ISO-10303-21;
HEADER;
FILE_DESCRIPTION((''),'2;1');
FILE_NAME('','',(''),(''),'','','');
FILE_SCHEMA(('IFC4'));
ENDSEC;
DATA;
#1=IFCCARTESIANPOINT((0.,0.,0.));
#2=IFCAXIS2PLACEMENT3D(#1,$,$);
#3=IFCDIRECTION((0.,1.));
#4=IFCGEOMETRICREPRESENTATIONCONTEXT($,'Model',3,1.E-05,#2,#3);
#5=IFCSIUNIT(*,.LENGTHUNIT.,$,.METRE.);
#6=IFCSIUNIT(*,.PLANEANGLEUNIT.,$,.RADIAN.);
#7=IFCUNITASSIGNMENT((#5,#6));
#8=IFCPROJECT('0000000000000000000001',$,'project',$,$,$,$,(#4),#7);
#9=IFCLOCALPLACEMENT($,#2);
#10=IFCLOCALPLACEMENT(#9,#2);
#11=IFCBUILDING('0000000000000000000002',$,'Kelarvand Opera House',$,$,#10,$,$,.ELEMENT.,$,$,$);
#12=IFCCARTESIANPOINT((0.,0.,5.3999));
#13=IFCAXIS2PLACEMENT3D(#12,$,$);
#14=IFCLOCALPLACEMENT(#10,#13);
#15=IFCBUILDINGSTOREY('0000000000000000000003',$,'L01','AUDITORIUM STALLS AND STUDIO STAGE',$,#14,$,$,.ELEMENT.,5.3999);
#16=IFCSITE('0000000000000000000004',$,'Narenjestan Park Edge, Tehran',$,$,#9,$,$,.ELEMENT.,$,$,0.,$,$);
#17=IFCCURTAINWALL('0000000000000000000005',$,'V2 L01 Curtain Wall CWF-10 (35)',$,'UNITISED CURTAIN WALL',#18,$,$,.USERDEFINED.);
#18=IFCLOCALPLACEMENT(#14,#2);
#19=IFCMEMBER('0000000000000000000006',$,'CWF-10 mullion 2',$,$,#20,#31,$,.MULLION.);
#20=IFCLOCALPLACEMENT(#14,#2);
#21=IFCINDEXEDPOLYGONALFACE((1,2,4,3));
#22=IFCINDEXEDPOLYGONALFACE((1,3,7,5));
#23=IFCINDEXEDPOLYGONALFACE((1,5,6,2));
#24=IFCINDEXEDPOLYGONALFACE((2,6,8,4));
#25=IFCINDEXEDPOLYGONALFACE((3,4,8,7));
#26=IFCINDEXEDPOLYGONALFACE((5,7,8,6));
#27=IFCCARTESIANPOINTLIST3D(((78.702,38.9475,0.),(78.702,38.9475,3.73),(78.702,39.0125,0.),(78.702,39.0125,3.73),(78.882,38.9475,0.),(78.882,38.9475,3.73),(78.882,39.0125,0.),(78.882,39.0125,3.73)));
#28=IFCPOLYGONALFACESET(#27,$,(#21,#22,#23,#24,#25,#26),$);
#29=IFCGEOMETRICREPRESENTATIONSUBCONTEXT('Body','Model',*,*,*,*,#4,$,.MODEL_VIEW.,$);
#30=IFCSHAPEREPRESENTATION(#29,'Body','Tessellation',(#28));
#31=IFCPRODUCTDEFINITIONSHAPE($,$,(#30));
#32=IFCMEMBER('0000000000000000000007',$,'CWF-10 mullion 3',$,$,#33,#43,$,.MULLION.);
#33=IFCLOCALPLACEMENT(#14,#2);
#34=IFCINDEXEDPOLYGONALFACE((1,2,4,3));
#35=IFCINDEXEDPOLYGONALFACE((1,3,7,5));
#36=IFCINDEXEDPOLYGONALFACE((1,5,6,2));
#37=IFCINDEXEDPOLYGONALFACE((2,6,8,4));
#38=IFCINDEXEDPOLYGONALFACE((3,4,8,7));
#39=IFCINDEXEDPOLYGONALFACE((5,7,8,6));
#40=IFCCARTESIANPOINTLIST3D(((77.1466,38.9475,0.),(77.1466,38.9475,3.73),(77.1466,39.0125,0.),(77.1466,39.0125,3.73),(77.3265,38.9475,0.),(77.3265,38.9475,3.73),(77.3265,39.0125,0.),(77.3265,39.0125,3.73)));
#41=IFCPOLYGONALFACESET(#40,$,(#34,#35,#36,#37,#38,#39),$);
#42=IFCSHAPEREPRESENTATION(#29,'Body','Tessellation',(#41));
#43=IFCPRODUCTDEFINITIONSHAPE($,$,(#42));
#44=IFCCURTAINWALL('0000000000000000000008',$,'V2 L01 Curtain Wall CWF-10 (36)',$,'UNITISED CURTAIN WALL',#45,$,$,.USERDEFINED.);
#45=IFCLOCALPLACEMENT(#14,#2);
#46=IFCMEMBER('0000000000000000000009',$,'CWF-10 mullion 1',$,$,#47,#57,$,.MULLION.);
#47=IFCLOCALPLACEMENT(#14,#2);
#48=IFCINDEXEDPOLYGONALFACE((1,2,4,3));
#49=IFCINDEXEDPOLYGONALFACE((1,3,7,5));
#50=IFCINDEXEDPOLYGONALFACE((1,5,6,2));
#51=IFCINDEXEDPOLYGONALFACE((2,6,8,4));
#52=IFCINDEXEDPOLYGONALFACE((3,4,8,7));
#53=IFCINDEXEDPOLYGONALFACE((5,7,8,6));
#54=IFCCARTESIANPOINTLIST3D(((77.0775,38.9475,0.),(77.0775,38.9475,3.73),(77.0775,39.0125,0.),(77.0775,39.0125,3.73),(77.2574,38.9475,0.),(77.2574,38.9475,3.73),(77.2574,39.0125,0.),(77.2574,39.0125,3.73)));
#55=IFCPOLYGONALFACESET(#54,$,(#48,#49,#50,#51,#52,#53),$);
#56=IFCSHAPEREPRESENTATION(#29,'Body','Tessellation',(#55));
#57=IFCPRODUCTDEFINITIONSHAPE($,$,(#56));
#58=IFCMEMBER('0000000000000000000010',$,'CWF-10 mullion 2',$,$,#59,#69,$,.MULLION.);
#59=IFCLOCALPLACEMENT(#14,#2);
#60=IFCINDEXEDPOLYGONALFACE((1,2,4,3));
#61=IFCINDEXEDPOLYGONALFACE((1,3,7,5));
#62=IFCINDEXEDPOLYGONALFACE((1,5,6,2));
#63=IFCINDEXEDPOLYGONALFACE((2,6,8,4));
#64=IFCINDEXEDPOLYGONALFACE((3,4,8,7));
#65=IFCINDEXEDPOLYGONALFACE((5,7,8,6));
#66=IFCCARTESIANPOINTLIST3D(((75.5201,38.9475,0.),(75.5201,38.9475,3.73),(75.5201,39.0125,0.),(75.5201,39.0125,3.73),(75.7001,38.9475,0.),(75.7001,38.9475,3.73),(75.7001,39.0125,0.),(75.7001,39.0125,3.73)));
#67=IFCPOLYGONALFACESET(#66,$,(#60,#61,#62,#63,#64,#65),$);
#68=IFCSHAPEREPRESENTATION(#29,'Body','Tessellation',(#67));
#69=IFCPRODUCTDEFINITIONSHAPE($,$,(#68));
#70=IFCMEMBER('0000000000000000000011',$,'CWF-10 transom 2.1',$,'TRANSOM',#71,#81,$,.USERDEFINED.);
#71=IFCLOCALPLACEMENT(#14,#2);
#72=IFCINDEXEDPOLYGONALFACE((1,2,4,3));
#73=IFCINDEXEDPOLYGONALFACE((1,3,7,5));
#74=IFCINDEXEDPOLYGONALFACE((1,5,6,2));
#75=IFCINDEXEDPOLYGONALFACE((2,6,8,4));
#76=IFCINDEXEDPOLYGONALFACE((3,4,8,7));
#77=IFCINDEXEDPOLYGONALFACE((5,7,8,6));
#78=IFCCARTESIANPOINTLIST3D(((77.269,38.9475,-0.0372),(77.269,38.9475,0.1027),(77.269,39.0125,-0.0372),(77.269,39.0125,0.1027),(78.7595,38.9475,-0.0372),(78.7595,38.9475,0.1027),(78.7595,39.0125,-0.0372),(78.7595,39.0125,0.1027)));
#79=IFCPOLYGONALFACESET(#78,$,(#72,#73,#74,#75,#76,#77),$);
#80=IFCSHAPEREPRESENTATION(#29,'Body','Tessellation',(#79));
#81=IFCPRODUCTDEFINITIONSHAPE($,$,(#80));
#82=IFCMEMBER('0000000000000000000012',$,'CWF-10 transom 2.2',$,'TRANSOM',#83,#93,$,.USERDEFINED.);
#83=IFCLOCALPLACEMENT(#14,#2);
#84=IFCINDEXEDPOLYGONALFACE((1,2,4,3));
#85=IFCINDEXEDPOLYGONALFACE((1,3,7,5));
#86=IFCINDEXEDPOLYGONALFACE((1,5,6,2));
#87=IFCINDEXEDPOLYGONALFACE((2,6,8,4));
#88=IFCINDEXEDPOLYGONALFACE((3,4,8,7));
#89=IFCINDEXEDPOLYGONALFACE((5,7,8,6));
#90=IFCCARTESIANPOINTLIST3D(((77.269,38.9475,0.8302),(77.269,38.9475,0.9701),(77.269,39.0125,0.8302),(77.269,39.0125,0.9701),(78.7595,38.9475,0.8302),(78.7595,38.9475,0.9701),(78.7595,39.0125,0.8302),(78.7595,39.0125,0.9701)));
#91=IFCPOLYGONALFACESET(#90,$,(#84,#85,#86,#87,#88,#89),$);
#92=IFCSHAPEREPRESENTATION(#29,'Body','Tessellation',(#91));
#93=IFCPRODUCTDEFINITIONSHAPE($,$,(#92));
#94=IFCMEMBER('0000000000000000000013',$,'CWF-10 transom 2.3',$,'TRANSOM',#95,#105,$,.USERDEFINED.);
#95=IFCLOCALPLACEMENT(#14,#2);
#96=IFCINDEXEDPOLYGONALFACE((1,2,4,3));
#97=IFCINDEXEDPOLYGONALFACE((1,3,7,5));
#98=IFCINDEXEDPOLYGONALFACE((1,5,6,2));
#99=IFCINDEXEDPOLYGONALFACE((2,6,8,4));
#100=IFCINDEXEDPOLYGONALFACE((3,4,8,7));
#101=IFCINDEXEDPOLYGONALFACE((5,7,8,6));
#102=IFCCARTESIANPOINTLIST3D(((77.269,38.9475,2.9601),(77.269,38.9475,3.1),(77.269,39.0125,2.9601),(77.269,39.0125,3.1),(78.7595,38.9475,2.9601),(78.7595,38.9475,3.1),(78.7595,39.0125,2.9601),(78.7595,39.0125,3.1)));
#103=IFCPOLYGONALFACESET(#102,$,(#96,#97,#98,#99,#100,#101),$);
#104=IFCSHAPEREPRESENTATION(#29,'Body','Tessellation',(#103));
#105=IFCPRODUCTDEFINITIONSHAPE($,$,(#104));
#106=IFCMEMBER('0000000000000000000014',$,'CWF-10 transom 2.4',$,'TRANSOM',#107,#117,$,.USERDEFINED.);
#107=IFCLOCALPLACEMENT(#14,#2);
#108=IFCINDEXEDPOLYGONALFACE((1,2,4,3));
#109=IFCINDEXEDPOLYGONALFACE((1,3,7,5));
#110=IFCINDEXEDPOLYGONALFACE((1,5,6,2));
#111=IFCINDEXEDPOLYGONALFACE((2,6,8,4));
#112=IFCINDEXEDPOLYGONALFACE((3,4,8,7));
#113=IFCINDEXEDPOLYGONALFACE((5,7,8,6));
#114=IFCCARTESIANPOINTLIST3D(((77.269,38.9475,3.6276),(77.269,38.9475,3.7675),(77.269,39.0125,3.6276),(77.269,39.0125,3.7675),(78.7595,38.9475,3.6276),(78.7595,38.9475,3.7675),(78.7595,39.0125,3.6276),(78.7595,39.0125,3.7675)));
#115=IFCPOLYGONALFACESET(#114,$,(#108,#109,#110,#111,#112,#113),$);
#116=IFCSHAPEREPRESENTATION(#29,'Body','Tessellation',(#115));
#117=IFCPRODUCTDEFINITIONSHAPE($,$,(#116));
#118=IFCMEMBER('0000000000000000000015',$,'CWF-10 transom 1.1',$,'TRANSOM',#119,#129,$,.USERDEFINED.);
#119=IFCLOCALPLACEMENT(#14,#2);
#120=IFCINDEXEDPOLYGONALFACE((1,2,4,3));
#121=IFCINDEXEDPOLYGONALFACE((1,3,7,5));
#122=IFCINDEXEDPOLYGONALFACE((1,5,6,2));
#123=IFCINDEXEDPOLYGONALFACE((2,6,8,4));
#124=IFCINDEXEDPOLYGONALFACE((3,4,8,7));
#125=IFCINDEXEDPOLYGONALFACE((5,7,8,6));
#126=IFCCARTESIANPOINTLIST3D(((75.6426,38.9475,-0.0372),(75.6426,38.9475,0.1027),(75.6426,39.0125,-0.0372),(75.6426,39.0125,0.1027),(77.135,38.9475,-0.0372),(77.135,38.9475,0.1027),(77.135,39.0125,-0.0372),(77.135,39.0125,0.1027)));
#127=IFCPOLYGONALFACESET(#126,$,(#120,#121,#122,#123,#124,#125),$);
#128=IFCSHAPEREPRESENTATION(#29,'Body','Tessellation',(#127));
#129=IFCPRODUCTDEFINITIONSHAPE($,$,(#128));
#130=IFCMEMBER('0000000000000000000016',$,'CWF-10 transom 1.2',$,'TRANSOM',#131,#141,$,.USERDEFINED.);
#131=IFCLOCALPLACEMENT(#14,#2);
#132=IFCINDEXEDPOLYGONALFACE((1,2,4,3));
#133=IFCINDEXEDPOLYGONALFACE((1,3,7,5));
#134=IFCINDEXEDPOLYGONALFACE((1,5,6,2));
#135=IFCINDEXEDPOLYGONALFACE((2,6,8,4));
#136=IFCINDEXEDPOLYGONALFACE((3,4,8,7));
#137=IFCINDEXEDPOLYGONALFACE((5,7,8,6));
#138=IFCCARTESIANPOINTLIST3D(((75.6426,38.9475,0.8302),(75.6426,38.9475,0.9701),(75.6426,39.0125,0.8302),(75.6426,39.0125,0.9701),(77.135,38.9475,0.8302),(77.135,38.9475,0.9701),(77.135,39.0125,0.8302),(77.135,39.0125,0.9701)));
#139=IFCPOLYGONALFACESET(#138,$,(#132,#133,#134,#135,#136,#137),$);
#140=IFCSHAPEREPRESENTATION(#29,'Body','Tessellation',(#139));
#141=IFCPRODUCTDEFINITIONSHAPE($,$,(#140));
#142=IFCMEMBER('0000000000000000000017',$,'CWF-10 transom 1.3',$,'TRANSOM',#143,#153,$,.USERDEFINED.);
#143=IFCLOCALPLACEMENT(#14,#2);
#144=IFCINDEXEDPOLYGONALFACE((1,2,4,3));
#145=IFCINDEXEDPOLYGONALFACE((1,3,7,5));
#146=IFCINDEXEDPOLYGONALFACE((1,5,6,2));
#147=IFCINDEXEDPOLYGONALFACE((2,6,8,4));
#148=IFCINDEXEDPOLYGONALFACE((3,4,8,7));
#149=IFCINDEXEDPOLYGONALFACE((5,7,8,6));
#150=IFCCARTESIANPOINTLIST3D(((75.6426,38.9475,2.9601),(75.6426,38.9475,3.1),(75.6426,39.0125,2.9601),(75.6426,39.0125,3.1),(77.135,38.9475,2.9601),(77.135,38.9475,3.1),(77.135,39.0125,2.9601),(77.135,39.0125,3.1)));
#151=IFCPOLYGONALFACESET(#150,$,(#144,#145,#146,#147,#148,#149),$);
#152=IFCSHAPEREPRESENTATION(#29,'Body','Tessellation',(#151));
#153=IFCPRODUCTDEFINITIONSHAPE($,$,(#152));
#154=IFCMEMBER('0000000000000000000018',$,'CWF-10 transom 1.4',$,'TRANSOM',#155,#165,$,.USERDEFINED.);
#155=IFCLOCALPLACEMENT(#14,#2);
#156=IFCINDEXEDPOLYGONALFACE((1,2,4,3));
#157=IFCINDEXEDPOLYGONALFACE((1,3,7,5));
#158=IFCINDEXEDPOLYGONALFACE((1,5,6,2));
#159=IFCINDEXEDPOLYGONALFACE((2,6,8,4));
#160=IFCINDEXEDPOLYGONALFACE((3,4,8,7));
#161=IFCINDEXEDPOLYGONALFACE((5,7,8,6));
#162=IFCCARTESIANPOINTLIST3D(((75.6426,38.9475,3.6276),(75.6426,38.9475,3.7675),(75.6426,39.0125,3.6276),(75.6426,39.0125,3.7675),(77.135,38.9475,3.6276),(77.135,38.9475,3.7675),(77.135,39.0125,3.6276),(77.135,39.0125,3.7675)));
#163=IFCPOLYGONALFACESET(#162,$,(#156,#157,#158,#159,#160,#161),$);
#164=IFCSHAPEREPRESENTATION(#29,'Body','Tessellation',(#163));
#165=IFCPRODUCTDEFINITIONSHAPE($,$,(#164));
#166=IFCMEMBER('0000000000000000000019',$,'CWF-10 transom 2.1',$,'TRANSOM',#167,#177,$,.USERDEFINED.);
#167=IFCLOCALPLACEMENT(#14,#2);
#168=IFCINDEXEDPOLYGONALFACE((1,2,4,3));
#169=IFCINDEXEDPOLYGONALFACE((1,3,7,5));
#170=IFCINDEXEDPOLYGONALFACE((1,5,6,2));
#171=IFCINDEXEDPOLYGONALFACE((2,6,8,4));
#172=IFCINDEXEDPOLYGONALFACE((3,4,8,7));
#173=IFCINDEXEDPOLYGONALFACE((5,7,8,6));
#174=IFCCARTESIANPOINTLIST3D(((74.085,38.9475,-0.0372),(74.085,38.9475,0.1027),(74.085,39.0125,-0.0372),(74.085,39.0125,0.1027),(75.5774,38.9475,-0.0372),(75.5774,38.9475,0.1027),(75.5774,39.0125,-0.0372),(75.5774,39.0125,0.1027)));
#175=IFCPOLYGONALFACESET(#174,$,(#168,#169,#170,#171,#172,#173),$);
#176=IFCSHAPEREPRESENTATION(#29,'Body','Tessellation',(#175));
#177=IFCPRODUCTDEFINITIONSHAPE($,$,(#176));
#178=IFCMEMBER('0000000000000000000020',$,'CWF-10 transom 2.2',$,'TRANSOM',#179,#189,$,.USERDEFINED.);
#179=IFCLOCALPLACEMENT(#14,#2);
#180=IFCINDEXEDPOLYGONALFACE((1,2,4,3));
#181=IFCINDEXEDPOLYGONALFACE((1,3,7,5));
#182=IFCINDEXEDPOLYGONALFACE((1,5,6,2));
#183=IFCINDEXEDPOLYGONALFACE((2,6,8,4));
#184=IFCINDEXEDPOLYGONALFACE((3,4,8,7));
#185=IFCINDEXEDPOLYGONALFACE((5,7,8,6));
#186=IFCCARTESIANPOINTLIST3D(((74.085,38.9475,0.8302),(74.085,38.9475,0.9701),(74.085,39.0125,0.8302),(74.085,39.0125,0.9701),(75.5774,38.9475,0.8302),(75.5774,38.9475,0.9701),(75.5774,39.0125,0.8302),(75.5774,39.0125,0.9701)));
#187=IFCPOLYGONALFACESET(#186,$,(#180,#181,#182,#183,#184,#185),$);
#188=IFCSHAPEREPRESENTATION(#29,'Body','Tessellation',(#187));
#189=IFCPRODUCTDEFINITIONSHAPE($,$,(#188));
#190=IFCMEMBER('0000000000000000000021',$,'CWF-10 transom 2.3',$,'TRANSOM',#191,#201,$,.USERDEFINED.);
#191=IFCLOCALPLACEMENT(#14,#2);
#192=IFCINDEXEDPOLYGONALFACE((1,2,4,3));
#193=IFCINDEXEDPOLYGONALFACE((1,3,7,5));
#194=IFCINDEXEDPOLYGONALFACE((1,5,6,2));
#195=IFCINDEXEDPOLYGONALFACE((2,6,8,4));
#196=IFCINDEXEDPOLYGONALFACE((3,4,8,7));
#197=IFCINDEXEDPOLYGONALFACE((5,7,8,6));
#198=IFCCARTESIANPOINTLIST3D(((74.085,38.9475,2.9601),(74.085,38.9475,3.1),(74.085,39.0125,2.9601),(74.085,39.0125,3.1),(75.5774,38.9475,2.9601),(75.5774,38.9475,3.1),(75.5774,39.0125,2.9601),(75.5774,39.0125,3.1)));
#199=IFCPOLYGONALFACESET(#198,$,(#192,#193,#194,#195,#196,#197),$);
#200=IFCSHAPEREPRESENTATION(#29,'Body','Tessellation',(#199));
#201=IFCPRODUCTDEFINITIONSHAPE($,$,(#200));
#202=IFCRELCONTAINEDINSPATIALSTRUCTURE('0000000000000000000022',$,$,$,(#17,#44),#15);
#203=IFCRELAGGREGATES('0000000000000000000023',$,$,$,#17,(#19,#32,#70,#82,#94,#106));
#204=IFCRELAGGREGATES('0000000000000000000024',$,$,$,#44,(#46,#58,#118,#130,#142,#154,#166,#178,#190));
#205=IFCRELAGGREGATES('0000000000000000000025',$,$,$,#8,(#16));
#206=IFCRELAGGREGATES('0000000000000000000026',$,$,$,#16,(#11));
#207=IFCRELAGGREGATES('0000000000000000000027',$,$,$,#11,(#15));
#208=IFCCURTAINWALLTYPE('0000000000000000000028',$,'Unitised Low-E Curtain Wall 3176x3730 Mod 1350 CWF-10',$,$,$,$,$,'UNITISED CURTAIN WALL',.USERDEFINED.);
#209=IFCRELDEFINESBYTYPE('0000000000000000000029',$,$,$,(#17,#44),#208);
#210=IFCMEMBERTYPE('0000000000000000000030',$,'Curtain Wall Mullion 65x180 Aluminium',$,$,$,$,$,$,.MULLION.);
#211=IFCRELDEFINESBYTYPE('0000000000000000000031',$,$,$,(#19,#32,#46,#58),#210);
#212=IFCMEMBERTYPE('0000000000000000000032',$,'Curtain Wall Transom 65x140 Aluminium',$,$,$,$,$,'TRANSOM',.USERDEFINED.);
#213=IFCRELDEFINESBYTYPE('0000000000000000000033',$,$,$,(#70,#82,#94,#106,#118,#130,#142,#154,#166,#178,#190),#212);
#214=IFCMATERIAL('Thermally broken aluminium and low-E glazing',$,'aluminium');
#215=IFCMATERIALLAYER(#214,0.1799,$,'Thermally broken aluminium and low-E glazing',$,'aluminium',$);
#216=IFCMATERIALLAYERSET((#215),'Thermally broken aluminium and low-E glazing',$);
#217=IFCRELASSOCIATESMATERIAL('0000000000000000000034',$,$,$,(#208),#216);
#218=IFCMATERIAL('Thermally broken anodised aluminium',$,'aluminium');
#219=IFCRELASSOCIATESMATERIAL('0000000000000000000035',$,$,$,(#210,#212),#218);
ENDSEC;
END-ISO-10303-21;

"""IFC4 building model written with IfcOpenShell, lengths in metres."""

from ifc_helpers import new_model, si_unit, direction, frame, origin, origin_2d, place, context, subcontext, project, spatial, rectangle, extrude, material, layer, layer_set, material_profile, profile_set, type_object, element, aggregate, save


model = new_model("IFC4")

# Units and contexts
model_context = context("Model", 3, precision=1e-05, world=origin(), true_north=direction((0.0, 1.0)))
body_context = subcontext(model_context, "Body", "Model", "MODEL_VIEW")
ifc_project = project(units=[si_unit("LENGTHUNIT", "METRE"), si_unit("PLANEANGLEUNIT", "RADIAN")], contexts=[model_context])

# Site, building, storey
site_placement = place(None, origin())
site = spatial("IfcSite", under=ifc_project, at=site_placement, Name="Narenjestan Park Edge, Tehran", CompositionType="ELEMENT", RefElevation=0.0)
building_placement = place(site_placement, origin())
building = spatial("IfcBuilding", under=site, at=building_placement, Name="Kelarvand Opera House", CompositionType="ELEMENT")
storey_placement = place(building_placement, frame((0.0, 0.0, 5.3999)))
storey = spatial("IfcBuildingStorey", under=building, at=storey_placement, Name="L01", Description="AUDITORIUM STALLS AND STUDIO STAGE", CompositionType="ELEMENT", Elevation=5.3999)

# Curtain walls, members
ifc_material_1 = material(Name="Thermally broken aluminium and low-E glazing", Category="aluminium")
ifc_layer_1 = layer(ifc_material_1, 0.1799, Name="Thermally broken aluminium and low-E glazing", Category="aluminium")
ifc_layer_set_1 = layer_set([ifc_layer_1], Name="Thermally broken aluminium and low-E glazing")
curtain_wall_type = type_object("IfcCurtainWallType", Name="Unitised Low-E Curtain Wall 3176x3730 Mod 1350 CWF-10", ElementType="UNITISED CURTAIN WALL", PredefinedType="USERDEFINED", material=ifc_layer_set_1)
curtain_wall_1_placement = place(storey_placement, origin())
curtain_wall_1 = element("IfcCurtainWall", 1, at=curtain_wall_1_placement, inside=storey, type_object=curtain_wall_type, Name="V2 L01 Curtain Wall CWF-10 (35)", ObjectType="UNITISED CURTAIN WALL", PredefinedType="USERDEFINED")
ifc_material_2 = material(Name="Thermally broken anodised aluminium", Category="aluminium")
ifc_material_profile_1 = material_profile(ifc_material_2, rectangle(XDim=0.0649, YDim=0.1799, at=origin_2d()), Name="ALU MULLION 65x180", Category="aluminium")
ifc_profile_set_1 = profile_set([ifc_material_profile_1], Name="Thermally broken anodised aluminium")
member_type_1 = type_object("IfcMemberType", Name="Curtain Wall Mullion 65x180 Aluminium", PredefinedType="MULLION", material=ifc_profile_set_1)
member_1_placement = place(storey_placement, frame((78.792, 38.98, 0.0), z_axis=(0.0, 0.0, 1.0), x_axis=(0.0, -1.0, 0.0)))
member_1 = element("IfcMember", 2, at=member_1_placement, type_object=member_type_1, Name="CWF-10 mullion 2", PredefinedType="MULLION", context=body_context, shape_type="SweptSolid", body=[
    extrude(rectangle(XDim=0.0649, YDim=0.1799, at=origin_2d()), origin(), (0.0, 0.0, 1.0), 3.73),
])
member_2_placement = place(storey_placement, frame((77.2366, 38.98, 0.0), z_axis=(0.0, 0.0, 1.0), x_axis=(0.0, -1.0, 0.0)))
member_2 = element("IfcMember", 3, at=member_2_placement, type_object=member_type_1, Name="CWF-10 mullion 3", PredefinedType="MULLION", context=body_context, shape_type="SweptSolid", body=[
    extrude(rectangle(XDim=0.0649, YDim=0.1799, at=origin_2d()), origin(), (0.0, 0.0, 1.0), 3.73),
])
curtain_wall_2_placement = place(storey_placement, origin())
curtain_wall_2 = element("IfcCurtainWall", 4, at=curtain_wall_2_placement, inside=storey, type_object=curtain_wall_type, Name="V2 L01 Curtain Wall CWF-10 (36)", ObjectType="UNITISED CURTAIN WALL", PredefinedType="USERDEFINED")
member_3_placement = place(storey_placement, frame((77.1675, 38.98, 0.0), z_axis=(0.0, 0.0, 1.0), x_axis=(0.0, -1.0, 0.0)))
member_3 = element("IfcMember", 5, at=member_3_placement, type_object=member_type_1, Name="CWF-10 mullion 1", PredefinedType="MULLION", context=body_context, shape_type="SweptSolid", body=[
    extrude(rectangle(XDim=0.0649, YDim=0.1799, at=origin_2d()), origin(), (0.0, 0.0, 1.0), 3.73),
])
member_4_placement = place(storey_placement, frame((75.6101, 38.98, 0.0), z_axis=(0.0, 0.0, 1.0), x_axis=(0.0, -1.0, 0.0)))
member_4 = element("IfcMember", 6, at=member_4_placement, type_object=member_type_1, Name="CWF-10 mullion 2", PredefinedType="MULLION", context=body_context, shape_type="SweptSolid", body=[
    extrude(rectangle(XDim=0.0649, YDim=0.1799, at=origin_2d()), origin(), (0.0, 0.0, 1.0), 3.73),
])

# Members
ifc_material_profile_2 = material_profile(ifc_material_2, rectangle(XDim=0.0649, YDim=0.1399, at=origin_2d()), Name="ALU TRANSOM 65x140", Category="aluminium")
ifc_profile_set_2 = profile_set([ifc_material_profile_2], Name="Thermally broken anodised aluminium")
member_type_2 = type_object("IfcMemberType", Name="Curtain Wall Transom 65x140 Aluminium", ElementType="TRANSOM", PredefinedType="USERDEFINED", material=ifc_profile_set_2)
member_5_placement = place(storey_placement, frame((78.7595, 38.98, 0.0327), z_axis=(-1.0, 0.0, 0.0), x_axis=(0.0, -1.0, 0.0)))
member_5 = element("IfcMember", 7, at=member_5_placement, type_object=member_type_2, Name="CWF-10 transom 2.1", ObjectType="TRANSOM", PredefinedType="USERDEFINED", context=body_context, shape_type="SweptSolid", body=[
    extrude(rectangle(XDim=0.0649, YDim=0.1399, at=origin_2d()), origin(), (0.0, 0.0, 1.0), 1.4905),
])
member_6_placement = place(storey_placement, frame((78.7595, 38.98, 0.9001), z_axis=(-1.0, 0.0, 0.0), x_axis=(0.0, -1.0, 0.0)))
member_6 = element("IfcMember", 8, at=member_6_placement, type_object=member_type_2, Name="CWF-10 transom 2.2", ObjectType="TRANSOM", PredefinedType="USERDEFINED", context=body_context, shape_type="SweptSolid", body=[
    extrude(rectangle(XDim=0.0649, YDim=0.1399, at=origin_2d()), origin(), (0.0, 0.0, 1.0), 1.4905),
])
member_7_placement = place(storey_placement, frame((78.7595, 38.98, 3.03), z_axis=(-1.0, 0.0, 0.0), x_axis=(0.0, -1.0, 0.0)))
member_7 = element("IfcMember", 9, at=member_7_placement, type_object=member_type_2, Name="CWF-10 transom 2.3", ObjectType="TRANSOM", PredefinedType="USERDEFINED", context=body_context, shape_type="SweptSolid", body=[
    extrude(rectangle(XDim=0.0649, YDim=0.1399, at=origin_2d()), origin(), (0.0, 0.0, 1.0), 1.4905),
])
member_8_placement = place(storey_placement, frame((78.7595, 38.98, 3.6975), z_axis=(-1.0, 0.0, 0.0), x_axis=(0.0, -1.0, 0.0)))
member_8 = element("IfcMember", 10, at=member_8_placement, type_object=member_type_2, Name="CWF-10 transom 2.4", ObjectType="TRANSOM", PredefinedType="USERDEFINED", context=body_context, shape_type="SweptSolid", body=[
    extrude(rectangle(XDim=0.0649, YDim=0.1399, at=origin_2d()), origin(), (0.0, 0.0, 1.0), 1.4905),
])
member_9_placement = place(storey_placement, frame((77.135, 38.98, 0.0327), z_axis=(-1.0, 0.0, 0.0), x_axis=(0.0, -1.0, 0.0)))
member_9 = element("IfcMember", 11, at=member_9_placement, type_object=member_type_2, Name="CWF-10 transom 1.1", ObjectType="TRANSOM", PredefinedType="USERDEFINED", context=body_context, shape_type="SweptSolid", body=[
    extrude(rectangle(XDim=0.0649, YDim=0.1399, at=origin_2d()), origin(), (0.0, 0.0, 1.0), 1.4924),
])
member_10_placement = place(storey_placement, frame((77.135, 38.98, 0.9001), z_axis=(-1.0, 0.0, 0.0), x_axis=(0.0, -1.0, 0.0)))
member_10 = element("IfcMember", 12, at=member_10_placement, type_object=member_type_2, Name="CWF-10 transom 1.2", ObjectType="TRANSOM", PredefinedType="USERDEFINED", context=body_context, shape_type="SweptSolid", body=[
    extrude(rectangle(XDim=0.0649, YDim=0.1399, at=origin_2d()), origin(), (0.0, 0.0, 1.0), 1.4924),
])
member_11_placement = place(storey_placement, frame((77.135, 38.98, 3.03), z_axis=(-1.0, 0.0, 0.0), x_axis=(0.0, -1.0, 0.0)))
member_11 = element("IfcMember", 13, at=member_11_placement, type_object=member_type_2, Name="CWF-10 transom 1.3", ObjectType="TRANSOM", PredefinedType="USERDEFINED", context=body_context, shape_type="SweptSolid", body=[
    extrude(rectangle(XDim=0.0649, YDim=0.1399, at=origin_2d()), origin(), (0.0, 0.0, 1.0), 1.4924),
])
member_12_placement = place(storey_placement, frame((77.135, 38.98, 3.6975), z_axis=(-1.0, 0.0, 0.0), x_axis=(0.0, -1.0, 0.0)))
member_12 = element("IfcMember", 14, at=member_12_placement, type_object=member_type_2, Name="CWF-10 transom 1.4", ObjectType="TRANSOM", PredefinedType="USERDEFINED", context=body_context, shape_type="SweptSolid", body=[
    extrude(rectangle(XDim=0.0649, YDim=0.1399, at=origin_2d()), origin(), (0.0, 0.0, 1.0), 1.4924),
])
member_13_placement = place(storey_placement, frame((75.5774, 38.98, 0.0327), z_axis=(-1.0, 0.0, 0.0), x_axis=(0.0, -1.0, 0.0)))
member_13 = element("IfcMember", 15, at=member_13_placement, type_object=member_type_2, Name="CWF-10 transom 2.1", ObjectType="TRANSOM", PredefinedType="USERDEFINED", context=body_context, shape_type="SweptSolid", body=[
    extrude(rectangle(XDim=0.0649, YDim=0.1399, at=origin_2d()), origin(), (0.0, 0.0, 1.0), 1.4924),
])
member_14_placement = place(storey_placement, frame((75.5774, 38.98, 0.9001), z_axis=(-1.0, 0.0, 0.0), x_axis=(0.0, -1.0, 0.0)))
member_14 = element("IfcMember", 16, at=member_14_placement, type_object=member_type_2, Name="CWF-10 transom 2.2", ObjectType="TRANSOM", PredefinedType="USERDEFINED", context=body_context, shape_type="SweptSolid", body=[
    extrude(rectangle(XDim=0.0649, YDim=0.1399, at=origin_2d()), origin(), (0.0, 0.0, 1.0), 1.4924),
])
member_15_placement = place(storey_placement, frame((75.5774, 38.98, 3.03), z_axis=(-1.0, 0.0, 0.0), x_axis=(0.0, -1.0, 0.0)))
member_15 = element("IfcMember", 17, at=member_15_placement, type_object=member_type_2, Name="CWF-10 transom 2.3", ObjectType="TRANSOM", PredefinedType="USERDEFINED", context=body_context, shape_type="SweptSolid", body=[
    extrude(rectangle(XDim=0.0649, YDim=0.1399, at=origin_2d()), origin(), (0.0, 0.0, 1.0), 1.4924),
])

aggregate(curtain_wall_1, [member_1, member_2, member_5, member_6, member_7, member_8])
aggregate(curtain_wall_2, [member_3, member_4, member_9, member_10, member_11, member_12, member_13, member_14, member_15])

save(model, "model.ifc")
